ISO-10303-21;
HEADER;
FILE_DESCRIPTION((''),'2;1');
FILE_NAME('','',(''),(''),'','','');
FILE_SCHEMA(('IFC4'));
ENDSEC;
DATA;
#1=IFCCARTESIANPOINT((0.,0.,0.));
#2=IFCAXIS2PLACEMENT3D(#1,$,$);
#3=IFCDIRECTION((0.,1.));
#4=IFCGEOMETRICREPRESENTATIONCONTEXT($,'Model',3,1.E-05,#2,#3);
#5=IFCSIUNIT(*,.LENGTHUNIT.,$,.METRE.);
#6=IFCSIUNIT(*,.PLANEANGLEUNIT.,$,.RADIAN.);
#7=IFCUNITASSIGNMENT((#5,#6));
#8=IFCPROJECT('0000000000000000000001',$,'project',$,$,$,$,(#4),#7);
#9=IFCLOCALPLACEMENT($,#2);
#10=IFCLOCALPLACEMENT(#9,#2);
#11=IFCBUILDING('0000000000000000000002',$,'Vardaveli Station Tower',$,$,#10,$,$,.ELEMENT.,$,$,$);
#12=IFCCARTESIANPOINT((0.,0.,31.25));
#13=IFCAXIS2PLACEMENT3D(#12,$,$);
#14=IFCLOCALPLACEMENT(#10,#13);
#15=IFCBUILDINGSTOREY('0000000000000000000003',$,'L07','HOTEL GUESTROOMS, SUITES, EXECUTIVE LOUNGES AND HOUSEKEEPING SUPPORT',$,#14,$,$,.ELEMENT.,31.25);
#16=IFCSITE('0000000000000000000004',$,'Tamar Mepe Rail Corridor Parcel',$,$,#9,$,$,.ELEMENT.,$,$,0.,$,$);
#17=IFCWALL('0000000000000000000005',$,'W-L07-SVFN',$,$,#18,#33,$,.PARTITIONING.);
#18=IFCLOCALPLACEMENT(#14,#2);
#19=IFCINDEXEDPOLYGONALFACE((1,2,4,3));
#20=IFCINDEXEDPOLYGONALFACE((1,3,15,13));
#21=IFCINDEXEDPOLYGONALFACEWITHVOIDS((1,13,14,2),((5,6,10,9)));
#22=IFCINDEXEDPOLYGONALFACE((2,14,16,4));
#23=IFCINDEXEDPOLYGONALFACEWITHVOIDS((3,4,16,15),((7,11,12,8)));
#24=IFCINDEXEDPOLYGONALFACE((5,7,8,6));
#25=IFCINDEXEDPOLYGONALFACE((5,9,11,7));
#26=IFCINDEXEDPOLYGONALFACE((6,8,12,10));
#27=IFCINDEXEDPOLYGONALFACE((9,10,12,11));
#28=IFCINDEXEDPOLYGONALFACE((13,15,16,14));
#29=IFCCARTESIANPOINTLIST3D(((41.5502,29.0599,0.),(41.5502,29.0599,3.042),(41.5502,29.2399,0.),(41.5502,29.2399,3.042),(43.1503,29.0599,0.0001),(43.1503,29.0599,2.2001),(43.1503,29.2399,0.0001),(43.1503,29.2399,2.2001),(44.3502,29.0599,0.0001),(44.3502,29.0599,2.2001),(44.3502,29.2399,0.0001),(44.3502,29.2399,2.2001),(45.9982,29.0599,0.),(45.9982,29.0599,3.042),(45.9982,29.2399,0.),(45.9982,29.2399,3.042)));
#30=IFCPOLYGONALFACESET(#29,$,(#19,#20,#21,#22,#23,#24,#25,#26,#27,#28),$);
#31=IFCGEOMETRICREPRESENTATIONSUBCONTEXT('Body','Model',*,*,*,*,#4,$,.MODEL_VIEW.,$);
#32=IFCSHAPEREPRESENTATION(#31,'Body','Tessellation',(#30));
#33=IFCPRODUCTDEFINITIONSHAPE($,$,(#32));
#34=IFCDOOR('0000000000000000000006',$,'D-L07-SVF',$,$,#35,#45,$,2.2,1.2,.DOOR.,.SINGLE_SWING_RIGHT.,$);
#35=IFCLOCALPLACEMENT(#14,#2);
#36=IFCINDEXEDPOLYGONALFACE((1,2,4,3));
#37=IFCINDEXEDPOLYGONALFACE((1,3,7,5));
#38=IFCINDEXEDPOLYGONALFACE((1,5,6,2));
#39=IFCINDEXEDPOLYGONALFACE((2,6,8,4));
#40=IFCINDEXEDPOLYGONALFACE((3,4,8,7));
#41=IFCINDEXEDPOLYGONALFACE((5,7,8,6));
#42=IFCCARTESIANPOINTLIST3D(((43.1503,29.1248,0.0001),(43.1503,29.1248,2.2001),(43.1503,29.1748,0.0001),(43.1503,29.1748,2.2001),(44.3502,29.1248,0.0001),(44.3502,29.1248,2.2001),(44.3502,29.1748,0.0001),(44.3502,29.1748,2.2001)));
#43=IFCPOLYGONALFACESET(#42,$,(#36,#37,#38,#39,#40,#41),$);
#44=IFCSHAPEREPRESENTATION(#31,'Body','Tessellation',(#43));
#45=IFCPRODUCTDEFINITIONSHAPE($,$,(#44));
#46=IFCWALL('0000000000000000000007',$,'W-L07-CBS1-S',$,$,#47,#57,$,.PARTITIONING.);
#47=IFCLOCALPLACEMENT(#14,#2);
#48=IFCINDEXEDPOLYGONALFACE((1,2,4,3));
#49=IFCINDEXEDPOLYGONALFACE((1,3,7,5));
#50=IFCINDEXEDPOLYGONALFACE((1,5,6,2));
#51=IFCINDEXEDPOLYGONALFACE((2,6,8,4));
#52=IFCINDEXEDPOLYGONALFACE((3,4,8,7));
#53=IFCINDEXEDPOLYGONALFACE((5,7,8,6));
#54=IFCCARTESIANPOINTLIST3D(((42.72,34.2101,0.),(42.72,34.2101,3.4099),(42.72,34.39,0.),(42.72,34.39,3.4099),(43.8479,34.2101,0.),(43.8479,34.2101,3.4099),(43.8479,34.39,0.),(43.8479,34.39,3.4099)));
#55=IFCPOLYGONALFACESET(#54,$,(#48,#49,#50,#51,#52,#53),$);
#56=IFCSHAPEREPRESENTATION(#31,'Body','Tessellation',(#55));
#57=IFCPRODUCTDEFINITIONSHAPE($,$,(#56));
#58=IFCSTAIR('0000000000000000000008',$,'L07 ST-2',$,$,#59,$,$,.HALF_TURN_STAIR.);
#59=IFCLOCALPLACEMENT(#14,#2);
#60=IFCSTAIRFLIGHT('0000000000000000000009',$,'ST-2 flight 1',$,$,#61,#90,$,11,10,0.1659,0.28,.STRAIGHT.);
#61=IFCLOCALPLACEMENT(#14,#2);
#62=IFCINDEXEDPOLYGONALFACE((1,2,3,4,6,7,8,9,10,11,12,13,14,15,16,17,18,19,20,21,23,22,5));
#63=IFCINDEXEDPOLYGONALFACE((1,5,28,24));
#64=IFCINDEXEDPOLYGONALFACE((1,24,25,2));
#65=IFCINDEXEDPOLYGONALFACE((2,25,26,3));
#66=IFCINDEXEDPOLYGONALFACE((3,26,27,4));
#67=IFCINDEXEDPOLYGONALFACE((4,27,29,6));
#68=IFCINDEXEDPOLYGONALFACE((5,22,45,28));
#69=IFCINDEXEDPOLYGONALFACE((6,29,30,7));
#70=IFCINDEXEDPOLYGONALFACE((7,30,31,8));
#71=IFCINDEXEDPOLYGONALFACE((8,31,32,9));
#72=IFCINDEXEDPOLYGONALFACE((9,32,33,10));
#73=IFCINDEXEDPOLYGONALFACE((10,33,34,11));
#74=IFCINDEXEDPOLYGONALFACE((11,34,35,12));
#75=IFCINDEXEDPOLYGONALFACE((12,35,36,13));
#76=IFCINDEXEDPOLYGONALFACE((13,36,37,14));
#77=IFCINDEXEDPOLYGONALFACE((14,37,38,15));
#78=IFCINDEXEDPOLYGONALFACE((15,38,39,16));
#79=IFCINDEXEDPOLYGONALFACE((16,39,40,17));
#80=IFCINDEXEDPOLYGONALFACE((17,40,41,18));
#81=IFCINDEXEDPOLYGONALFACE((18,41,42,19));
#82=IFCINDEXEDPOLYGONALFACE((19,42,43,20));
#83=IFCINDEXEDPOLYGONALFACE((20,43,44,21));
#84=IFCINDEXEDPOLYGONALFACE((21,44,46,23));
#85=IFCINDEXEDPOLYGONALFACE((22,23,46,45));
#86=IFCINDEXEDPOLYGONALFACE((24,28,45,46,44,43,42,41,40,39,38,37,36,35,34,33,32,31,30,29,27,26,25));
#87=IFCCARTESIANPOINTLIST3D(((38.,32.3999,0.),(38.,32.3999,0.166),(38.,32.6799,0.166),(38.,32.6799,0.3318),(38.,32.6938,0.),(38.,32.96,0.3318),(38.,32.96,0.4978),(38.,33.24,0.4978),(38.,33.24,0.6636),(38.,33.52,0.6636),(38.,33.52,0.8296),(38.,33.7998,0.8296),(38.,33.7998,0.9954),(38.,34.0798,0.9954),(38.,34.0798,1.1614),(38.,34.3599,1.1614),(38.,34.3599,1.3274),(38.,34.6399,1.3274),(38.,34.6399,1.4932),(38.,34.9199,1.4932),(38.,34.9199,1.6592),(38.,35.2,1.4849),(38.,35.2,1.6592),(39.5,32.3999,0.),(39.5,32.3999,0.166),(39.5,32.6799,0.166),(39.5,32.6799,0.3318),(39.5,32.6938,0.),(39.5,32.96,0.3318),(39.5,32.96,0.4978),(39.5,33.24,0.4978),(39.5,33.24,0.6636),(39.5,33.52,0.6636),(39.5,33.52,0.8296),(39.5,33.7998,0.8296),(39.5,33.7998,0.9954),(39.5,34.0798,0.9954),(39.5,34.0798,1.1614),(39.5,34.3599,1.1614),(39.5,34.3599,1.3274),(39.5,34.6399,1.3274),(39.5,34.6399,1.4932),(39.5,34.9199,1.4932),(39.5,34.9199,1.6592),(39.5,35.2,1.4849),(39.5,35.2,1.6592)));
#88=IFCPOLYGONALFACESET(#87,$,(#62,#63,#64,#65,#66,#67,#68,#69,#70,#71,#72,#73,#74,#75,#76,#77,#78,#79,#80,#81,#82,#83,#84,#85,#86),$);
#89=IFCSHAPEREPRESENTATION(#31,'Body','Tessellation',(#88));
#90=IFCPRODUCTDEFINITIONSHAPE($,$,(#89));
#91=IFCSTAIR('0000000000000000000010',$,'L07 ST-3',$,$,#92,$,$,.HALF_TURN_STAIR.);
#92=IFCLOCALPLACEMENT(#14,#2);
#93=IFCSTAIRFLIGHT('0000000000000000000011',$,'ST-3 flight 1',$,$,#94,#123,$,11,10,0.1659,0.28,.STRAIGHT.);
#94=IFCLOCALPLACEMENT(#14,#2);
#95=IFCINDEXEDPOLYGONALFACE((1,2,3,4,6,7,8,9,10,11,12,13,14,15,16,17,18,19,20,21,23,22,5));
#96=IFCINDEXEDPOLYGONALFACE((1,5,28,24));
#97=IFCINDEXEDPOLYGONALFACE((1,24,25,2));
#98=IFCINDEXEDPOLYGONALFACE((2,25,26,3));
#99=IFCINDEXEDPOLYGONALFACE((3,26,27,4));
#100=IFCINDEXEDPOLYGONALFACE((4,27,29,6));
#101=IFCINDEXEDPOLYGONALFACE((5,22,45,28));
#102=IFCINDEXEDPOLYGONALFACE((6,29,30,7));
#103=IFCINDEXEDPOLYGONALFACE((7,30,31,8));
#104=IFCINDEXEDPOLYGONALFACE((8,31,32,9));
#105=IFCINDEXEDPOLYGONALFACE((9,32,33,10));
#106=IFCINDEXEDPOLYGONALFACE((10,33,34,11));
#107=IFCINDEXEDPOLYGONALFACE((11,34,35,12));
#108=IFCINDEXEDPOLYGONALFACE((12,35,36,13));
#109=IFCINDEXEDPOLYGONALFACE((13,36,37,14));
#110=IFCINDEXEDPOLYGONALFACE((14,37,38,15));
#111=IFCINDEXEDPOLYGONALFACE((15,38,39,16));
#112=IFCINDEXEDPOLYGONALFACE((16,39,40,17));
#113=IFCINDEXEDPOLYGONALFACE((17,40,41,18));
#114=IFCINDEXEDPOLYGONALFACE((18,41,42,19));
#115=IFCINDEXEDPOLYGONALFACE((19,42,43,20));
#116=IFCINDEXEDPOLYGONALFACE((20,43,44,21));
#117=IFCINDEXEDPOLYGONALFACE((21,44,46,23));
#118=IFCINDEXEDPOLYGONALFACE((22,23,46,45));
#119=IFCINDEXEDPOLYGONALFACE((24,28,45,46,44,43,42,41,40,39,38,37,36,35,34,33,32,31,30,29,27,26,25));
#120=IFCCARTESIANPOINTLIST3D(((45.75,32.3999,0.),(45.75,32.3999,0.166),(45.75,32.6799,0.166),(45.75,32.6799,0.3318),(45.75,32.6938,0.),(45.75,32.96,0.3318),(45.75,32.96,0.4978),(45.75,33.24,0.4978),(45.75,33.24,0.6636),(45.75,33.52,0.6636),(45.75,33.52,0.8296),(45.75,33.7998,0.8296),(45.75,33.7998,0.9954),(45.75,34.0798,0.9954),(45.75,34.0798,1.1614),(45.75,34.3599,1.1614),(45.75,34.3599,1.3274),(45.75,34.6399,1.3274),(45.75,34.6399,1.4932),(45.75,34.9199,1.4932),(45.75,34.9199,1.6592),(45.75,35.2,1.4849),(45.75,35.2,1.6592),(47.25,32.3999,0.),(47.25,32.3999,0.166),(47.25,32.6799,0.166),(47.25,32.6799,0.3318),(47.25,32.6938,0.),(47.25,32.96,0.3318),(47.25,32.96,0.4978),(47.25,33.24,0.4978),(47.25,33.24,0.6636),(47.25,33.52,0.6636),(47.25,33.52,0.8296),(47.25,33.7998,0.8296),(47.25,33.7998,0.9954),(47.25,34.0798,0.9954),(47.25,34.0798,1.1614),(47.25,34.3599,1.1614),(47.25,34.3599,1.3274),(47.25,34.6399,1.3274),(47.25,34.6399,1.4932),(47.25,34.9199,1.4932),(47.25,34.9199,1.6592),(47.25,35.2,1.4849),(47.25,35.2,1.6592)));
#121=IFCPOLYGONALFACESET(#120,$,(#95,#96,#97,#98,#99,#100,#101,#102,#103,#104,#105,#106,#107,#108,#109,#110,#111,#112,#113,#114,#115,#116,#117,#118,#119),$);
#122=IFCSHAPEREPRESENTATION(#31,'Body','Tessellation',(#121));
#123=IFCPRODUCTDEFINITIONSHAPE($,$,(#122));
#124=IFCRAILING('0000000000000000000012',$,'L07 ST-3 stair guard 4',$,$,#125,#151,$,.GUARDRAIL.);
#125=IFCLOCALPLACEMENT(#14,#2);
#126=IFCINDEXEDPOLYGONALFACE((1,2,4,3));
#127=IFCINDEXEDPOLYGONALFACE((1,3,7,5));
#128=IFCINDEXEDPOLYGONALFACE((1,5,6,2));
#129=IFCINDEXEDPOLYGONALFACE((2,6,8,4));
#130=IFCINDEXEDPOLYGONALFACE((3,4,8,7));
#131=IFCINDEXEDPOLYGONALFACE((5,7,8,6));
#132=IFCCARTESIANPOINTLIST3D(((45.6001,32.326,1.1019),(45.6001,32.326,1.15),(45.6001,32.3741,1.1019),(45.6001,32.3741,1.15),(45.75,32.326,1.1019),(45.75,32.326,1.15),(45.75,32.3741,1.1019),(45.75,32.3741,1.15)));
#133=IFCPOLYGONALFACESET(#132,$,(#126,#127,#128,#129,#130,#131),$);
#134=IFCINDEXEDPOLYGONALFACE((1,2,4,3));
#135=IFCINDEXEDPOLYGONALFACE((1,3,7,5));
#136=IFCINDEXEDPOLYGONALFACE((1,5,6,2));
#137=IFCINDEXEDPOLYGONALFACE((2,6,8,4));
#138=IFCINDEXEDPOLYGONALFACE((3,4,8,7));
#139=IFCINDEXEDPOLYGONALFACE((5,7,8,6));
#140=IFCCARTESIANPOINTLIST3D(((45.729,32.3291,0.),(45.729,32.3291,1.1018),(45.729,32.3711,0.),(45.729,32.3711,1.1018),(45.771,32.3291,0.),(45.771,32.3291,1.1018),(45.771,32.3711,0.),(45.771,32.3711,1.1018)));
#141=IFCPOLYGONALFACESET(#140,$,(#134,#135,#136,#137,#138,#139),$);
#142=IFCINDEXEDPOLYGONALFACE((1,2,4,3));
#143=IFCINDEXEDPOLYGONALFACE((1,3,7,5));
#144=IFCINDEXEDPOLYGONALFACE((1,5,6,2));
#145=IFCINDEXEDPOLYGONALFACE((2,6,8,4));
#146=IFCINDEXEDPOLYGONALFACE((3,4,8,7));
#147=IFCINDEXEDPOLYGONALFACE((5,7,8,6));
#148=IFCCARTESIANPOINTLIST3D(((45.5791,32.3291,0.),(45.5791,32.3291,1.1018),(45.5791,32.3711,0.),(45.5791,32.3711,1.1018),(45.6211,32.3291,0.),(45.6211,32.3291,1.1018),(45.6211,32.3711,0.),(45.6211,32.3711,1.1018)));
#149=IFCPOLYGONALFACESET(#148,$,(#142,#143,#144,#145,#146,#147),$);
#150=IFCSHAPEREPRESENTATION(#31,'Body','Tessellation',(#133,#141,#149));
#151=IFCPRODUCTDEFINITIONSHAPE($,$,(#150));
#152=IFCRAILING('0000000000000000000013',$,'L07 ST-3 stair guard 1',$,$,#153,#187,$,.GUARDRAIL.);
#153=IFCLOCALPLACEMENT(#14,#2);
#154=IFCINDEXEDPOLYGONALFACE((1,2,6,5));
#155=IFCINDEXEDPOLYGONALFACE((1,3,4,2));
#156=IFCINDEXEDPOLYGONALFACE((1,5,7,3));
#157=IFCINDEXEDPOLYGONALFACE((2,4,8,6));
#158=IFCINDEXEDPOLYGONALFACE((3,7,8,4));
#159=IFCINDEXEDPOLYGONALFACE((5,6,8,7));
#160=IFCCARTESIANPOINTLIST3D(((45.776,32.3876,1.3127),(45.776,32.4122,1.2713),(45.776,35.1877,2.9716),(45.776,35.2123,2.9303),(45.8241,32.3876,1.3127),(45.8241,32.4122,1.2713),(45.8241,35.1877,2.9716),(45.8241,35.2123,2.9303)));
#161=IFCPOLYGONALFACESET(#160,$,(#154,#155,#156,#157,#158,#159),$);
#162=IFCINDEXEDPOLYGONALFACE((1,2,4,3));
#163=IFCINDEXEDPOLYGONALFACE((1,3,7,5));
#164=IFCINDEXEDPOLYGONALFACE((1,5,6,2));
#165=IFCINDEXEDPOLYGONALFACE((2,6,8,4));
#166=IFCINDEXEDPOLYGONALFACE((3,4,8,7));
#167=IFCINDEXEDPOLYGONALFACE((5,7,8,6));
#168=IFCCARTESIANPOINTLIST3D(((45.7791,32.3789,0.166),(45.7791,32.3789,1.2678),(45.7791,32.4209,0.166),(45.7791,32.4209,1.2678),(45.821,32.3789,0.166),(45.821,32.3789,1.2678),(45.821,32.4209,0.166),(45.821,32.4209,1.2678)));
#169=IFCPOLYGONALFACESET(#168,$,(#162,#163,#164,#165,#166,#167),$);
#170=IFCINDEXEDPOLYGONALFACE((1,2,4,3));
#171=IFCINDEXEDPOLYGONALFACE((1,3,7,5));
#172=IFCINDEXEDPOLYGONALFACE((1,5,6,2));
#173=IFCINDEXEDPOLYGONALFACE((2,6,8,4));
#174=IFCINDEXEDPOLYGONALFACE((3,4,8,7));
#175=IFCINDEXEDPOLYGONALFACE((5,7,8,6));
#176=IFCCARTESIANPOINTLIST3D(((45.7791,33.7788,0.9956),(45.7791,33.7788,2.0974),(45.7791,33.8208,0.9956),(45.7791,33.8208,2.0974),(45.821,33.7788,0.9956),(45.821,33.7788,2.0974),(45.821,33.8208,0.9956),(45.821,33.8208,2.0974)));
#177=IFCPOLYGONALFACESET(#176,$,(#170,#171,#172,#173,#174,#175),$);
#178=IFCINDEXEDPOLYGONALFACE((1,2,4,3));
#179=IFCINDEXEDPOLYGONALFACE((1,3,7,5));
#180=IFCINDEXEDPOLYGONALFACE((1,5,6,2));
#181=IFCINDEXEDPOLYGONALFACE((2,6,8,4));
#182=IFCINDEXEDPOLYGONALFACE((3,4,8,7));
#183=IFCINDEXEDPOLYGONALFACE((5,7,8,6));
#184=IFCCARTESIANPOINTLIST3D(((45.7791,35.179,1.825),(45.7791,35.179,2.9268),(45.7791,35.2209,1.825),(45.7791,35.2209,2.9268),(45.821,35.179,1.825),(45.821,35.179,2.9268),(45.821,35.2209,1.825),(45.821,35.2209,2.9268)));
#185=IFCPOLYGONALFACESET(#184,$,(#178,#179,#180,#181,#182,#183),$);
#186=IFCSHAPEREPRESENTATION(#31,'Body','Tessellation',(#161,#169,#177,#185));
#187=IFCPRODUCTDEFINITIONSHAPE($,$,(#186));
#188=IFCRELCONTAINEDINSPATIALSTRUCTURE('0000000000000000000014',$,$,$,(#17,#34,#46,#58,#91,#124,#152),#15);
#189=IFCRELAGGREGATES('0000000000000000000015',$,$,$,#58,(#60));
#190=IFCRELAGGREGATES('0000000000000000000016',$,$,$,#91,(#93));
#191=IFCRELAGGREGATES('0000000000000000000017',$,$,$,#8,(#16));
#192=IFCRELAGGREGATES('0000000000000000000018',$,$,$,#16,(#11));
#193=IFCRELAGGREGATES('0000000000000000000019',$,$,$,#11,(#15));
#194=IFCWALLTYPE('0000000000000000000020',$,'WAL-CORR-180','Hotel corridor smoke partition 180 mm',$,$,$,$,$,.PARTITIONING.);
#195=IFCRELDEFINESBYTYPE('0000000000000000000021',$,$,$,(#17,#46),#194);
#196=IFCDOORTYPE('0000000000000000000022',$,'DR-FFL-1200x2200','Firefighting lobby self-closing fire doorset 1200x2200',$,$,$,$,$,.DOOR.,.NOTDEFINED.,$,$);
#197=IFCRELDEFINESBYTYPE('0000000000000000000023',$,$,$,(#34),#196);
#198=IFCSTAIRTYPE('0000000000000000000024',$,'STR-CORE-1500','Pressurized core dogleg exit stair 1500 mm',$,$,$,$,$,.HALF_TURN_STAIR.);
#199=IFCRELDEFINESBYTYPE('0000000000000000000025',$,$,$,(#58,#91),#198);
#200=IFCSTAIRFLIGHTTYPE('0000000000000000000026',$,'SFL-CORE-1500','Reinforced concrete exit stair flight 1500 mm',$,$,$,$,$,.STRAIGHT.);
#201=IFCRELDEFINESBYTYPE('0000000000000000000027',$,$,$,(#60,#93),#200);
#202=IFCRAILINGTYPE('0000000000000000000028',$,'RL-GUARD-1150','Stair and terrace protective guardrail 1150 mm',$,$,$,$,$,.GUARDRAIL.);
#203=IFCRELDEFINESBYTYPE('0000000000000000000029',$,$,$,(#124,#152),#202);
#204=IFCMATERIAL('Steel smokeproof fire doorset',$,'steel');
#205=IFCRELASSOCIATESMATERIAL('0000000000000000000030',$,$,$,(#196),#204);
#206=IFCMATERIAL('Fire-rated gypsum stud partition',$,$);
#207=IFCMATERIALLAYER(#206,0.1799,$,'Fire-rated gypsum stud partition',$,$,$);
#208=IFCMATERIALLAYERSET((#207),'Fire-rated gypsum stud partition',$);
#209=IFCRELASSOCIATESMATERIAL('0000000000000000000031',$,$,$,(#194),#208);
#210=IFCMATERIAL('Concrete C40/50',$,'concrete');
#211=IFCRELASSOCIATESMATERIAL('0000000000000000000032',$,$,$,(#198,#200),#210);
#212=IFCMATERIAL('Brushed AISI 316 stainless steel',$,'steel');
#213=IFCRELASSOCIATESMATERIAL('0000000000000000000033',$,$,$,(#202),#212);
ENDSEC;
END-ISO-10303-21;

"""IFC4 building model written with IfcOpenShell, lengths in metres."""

from ifc_helpers import new_model, si_unit, direction, frame, frame_2d, origin, origin_2d, place, context, subcontext, project, spatial, polyline, rectangle, outline, extrude, source, transform, mapped, material, layer, layer_set, type_object, element, fill, aggregate, save


model = new_model("IFC4")

# Units and contexts
model_context = context("Model", 3, precision=1e-05, world=origin(), true_north=direction((0.0, 1.0)))
body_context = subcontext(model_context, "Body", "Model", "MODEL_VIEW")
ifc_project = project(units=[si_unit("LENGTHUNIT", "METRE"), si_unit("PLANEANGLEUNIT", "RADIAN")], contexts=[model_context])

# Site, building, storey
site_placement = place(None, origin())
site = spatial("IfcSite", under=ifc_project, at=site_placement, Name="Tamar Mepe Rail Corridor Parcel", CompositionType="ELEMENT", RefElevation=0.0)
building_placement = place(site_placement, origin())
building = spatial("IfcBuilding", under=site, at=building_placement, Name="Vardaveli Station Tower", CompositionType="ELEMENT")
storey_placement = place(building_placement, frame((0.0, 0.0, 31.25)))
storey = spatial("IfcBuildingStorey", under=building, at=storey_placement, Name="L07", Description="HOTEL GUESTROOMS, SUITES, EXECUTIVE LOUNGES AND HOUSEKEEPING SUPPORT", CompositionType="ELEMENT", Elevation=31.25)

# Shared definitions
ifc_material_1 = material(Name="Concrete C40/50", Category="concrete")

# Wall, opening, door
ifc_material_2 = material(Name="Steel smokeproof fire doorset", Category="steel")
door_type_1 = type_object("IfcDoorType", Name="DR-FFL-1200x2200", Description="Firefighting lobby self-closing fire doorset 1200x2200", OperationType="NOTDEFINED", PredefinedType="DOOR", material=ifc_material_2)
shared_shape_1 = source(origin(), body_context, "Body", "SweptSolid", [
    extrude(rectangle(XDim=1.2, YDim=2.2, at=frame_2d((0.6001, 1.1001))), frame((0.0, 0.0249, 0.0), z_axis=(0.0, -1.0, 0.0), x_axis=(1.0, 0.0, 0.0)), (0.0, 0.0, 1.0), 0.05),
])
ifc_material_3 = material(Name="Fire-rated gypsum stud partition")
ifc_layer_1 = layer(ifc_material_3, 0.1799, Name="Fire-rated gypsum stud partition")
ifc_layer_set_1 = layer_set([ifc_layer_1], Name="Fire-rated gypsum stud partition")
wall_type_1 = type_object("IfcWallType", Name="WAL-CORR-180", Description="Hotel corridor smoke partition 180 mm", PredefinedType="PARTITIONING", material=ifc_layer_set_1)
shared_shape_2 = source(origin(), body_context, "Body", "SweptSolid", [
    extrude(rectangle(XDim=4.448, YDim=0.1799, at=frame_2d((2.2241, 0.0))), origin(), (0.0, 0.0, 1.0), 3.042),
])
wall_1_placement = place(storey_placement, frame((41.55, 29.1499, 0.0), z_axis=(0.0, 0.0, 1.0), x_axis=(1.0, 0.0, 0.0)))
wall_1 = element("IfcWall", 1, at=wall_1_placement, inside=storey, type_object=wall_type_1, Name="W-L07-SVFN", PredefinedType="PARTITIONING", context=body_context, shape_type="MappedRepresentation", body=[
    mapped(shared_shape_2, transform((0.0, 0.0, 0.0), scale=1.0)),
])
shared_shape_3 = source(origin(), body_context, "Body", "SweptSolid", [
    extrude(rectangle(XDim=1.2, YDim=2.2, at=frame_2d((0.6001, 1.1001))), frame((0.0, 0.1001, 0.0), z_axis=(0.0, -1.0, 0.0), x_axis=(1.0, 0.0, 0.0)), (0.0, 0.0, 1.0), 0.2),
])
opening_1_placement = place(wall_1_placement, frame((1.6001, 0.0, 0.0)))
opening_1 = element("IfcOpeningElement", 2, at=opening_1_placement, cuts=wall_1, PredefinedType="OPENING", context=body_context, shape_type="MappedRepresentation", body=[
    mapped(shared_shape_3, transform((0.0, 0.0, 0.0), scale=1.0)),
])
door_1_placement = place(opening_1_placement, origin())
door_1 = element("IfcDoor", 3, at=door_1_placement, inside=storey, type_object=door_type_1, Name="D-L07-SVF", OperationType="SINGLE_SWING_RIGHT", OverallHeight=2.2, OverallWidth=1.2, PredefinedType="DOOR", context=body_context, shape_type="MappedRepresentation", body=[
    mapped(shared_shape_1, transform((0.0, 0.0, 0.0), scale=1.0)),
])
fill(opening_1, door_1)

# Wall
shared_shape_4 = source(origin(), body_context, "Body", "SweptSolid", [
    extrude(rectangle(XDim=1.1279, YDim=0.1799, at=frame_2d((0.564, 0.0))), origin(), (0.0, 0.0, 1.0), 3.4099),
])
wall_2_placement = place(storey_placement, frame((42.72, 34.3, 0.0), z_axis=(0.0, 0.0, 1.0), x_axis=(1.0, 0.0, 0.0)))
element("IfcWall", 4, at=wall_2_placement, inside=storey, type_object=wall_type_1, Name="W-L07-CBS1-S", PredefinedType="PARTITIONING", context=body_context, shape_type="MappedRepresentation", body=[
    mapped(shared_shape_4, transform((0.0, 0.0, 0.0), scale=1.0)),
])

# Stairs, stair flights
stair_type = type_object("IfcStairType", Name="STR-CORE-1500", Description="Pressurized core dogleg exit stair 1500 mm", PredefinedType="HALF_TURN_STAIR", material=ifc_material_1)
stair_1_placement = place(storey_placement, origin())
stair_1 = element("IfcStair", 5, at=stair_1_placement, inside=storey, type_object=stair_type, Name="L07 ST-2", PredefinedType="HALF_TURN_STAIR")
stair_flight_type = type_object("IfcStairFlightType", Name="SFL-CORE-1500", Description="Reinforced concrete exit stair flight 1500 mm", PredefinedType="STRAIGHT", material=ifc_material_1)
shared_shape_5 = source(origin(), body_context, "Body", "SweptSolid", [
    extrude(outline(polyline([(0.0, 0.0), (0.0, 0.166), (0.28, 0.166), (0.28, 0.3318), (0.5601, 0.3318), (0.5601, 0.4978), (0.8401, 0.4978), (0.8401, 0.6636), (1.1201, 0.6636), (1.1201, 0.8296), (1.3999, 0.8296), (1.3999, 0.9954), (1.6799, 0.9954), (1.6799, 1.1614), (1.96, 1.1614), (1.96, 1.3274), (2.24, 1.3274), (2.24, 1.4932), (2.52, 1.4932), (2.52, 1.6592), (2.8, 1.6592), (2.8, 1.825), (2.8, 1.4849), (0.2939, 0.0), (0.0, 0.0)])), frame((0.0, 0.75, 0.0), z_axis=(0.0, -1.0, 0.0), x_axis=(1.0, 0.0, 0.0)), (0.0, 0.0, 1.0), 1.5),
])
stair_flight_1_placement = place(storey_placement, frame((38.75, 32.3999, 0.0), z_axis=(0.0, 0.0, 1.0), x_axis=(0.0, 1.0, 0.0)))
stair_flight_1 = element("IfcStairFlight", 6, at=stair_flight_1_placement, type_object=stair_flight_type, Name="ST-2 flight 1", NumberOfRisers=11, NumberOfTreads=10, PredefinedType="STRAIGHT", RiserHeight=0.1659, TreadLength=0.28, context=body_context, shape_type="MappedRepresentation", body=[
    mapped(shared_shape_5, transform((0.0, 0.0, 0.0), scale=1.0)),
])
aggregate(stair_1, [stair_flight_1])
stair_2_placement = place(storey_placement, origin())
stair_2 = element("IfcStair", 7, at=stair_2_placement, inside=storey, type_object=stair_type, Name="L07 ST-3", PredefinedType="HALF_TURN_STAIR")
stair_flight_2_placement = place(storey_placement, frame((46.5, 32.3999, 0.0), z_axis=(0.0, 0.0, 1.0), x_axis=(0.0, 1.0, 0.0)))
stair_flight_2 = element("IfcStairFlight", 8, at=stair_flight_2_placement, type_object=stair_flight_type, Name="ST-3 flight 1", NumberOfRisers=11, NumberOfTreads=10, PredefinedType="STRAIGHT", RiserHeight=0.1659, TreadLength=0.28, context=body_context, shape_type="MappedRepresentation", body=[
    mapped(shared_shape_5, transform((0.0, 0.0, 0.0), scale=1.0)),
])
aggregate(stair_2, [stair_flight_2])

# Railings
ifc_material_4 = material(Name="Brushed AISI 316 stainless steel", Category="steel")
railing_type_1 = type_object("IfcRailingType", Name="RL-GUARD-1150", Description="Stair and terrace protective guardrail 1150 mm", PredefinedType="GUARDRAIL", material=ifc_material_4)
shared_shape_6 = source(origin(), body_context, "Body", "SweptSolid", [
    extrude(rectangle(XDim=0.0481, YDim=0.0481, at=origin_2d()), frame((0.0, 0.0, 1.126), z_axis=(-1.0, 0.0, 0.0), x_axis=(0.0, -1.0, 0.0)), (0.0, 0.0, 1.0), 0.1499),
    extrude(rectangle(XDim=0.042, YDim=0.042, at=origin_2d()), origin(), (0.0, 0.0, 1.0), 1.1018),
    extrude(rectangle(XDim=0.042, YDim=0.042, at=origin_2d()), frame((-0.1499, 0.0, 0.0)), (0.0, 0.0, 1.0), 1.1018),
])
railing_1_placement = place(storey_placement, frame((45.75, 32.3501, 0.0)))
element("IfcRailing", 9, at=railing_1_placement, inside=storey, type_object=railing_type_1, Name="L07 ST-3 stair guard 4", PredefinedType="GUARDRAIL", context=body_context, shape_type="MappedRepresentation", body=[
    mapped(shared_shape_6, transform((0.0, 0.0, 0.0), scale=1.0)),
])
shared_shape_7 = source(origin(), body_context, "Body", "SweptSolid", [
    extrude(rectangle(XDim=0.0481, YDim=0.0481, at=origin_2d()), frame((0.0, 0.0, 1.126), z_axis=(0.0, 0.860339, 0.509722), x_axis=(-1.0, 0.0, 0.0)), (0.0, 0.0, 1.0), 3.2546),
    extrude(rectangle(XDim=0.042, YDim=0.042, at=origin_2d()), origin(), (0.0, 0.0, 1.0), 1.1018),
    extrude(rectangle(XDim=0.042, YDim=0.042, at=origin_2d()), frame((0.0, 1.3999, 0.8296)), (0.0, 0.0, 1.0), 1.1018),
    extrude(rectangle(XDim=0.042, YDim=0.042, at=origin_2d()), frame((0.0, 2.8, 1.6589)), (0.0, 0.0, 1.0), 1.1018),
])
railing_2_placement = place(storey_placement, frame((45.8, 32.3999, 0.166)))
element("IfcRailing", 10, at=railing_2_placement, inside=storey, type_object=railing_type_1, Name="L07 ST-3 stair guard 1", PredefinedType="GUARDRAIL", context=body_context, shape_type="MappedRepresentation", body=[
    mapped(shared_shape_7, transform((0.0, 0.0, 0.0), scale=1.0)),
])

save(model, "model.ifc")
